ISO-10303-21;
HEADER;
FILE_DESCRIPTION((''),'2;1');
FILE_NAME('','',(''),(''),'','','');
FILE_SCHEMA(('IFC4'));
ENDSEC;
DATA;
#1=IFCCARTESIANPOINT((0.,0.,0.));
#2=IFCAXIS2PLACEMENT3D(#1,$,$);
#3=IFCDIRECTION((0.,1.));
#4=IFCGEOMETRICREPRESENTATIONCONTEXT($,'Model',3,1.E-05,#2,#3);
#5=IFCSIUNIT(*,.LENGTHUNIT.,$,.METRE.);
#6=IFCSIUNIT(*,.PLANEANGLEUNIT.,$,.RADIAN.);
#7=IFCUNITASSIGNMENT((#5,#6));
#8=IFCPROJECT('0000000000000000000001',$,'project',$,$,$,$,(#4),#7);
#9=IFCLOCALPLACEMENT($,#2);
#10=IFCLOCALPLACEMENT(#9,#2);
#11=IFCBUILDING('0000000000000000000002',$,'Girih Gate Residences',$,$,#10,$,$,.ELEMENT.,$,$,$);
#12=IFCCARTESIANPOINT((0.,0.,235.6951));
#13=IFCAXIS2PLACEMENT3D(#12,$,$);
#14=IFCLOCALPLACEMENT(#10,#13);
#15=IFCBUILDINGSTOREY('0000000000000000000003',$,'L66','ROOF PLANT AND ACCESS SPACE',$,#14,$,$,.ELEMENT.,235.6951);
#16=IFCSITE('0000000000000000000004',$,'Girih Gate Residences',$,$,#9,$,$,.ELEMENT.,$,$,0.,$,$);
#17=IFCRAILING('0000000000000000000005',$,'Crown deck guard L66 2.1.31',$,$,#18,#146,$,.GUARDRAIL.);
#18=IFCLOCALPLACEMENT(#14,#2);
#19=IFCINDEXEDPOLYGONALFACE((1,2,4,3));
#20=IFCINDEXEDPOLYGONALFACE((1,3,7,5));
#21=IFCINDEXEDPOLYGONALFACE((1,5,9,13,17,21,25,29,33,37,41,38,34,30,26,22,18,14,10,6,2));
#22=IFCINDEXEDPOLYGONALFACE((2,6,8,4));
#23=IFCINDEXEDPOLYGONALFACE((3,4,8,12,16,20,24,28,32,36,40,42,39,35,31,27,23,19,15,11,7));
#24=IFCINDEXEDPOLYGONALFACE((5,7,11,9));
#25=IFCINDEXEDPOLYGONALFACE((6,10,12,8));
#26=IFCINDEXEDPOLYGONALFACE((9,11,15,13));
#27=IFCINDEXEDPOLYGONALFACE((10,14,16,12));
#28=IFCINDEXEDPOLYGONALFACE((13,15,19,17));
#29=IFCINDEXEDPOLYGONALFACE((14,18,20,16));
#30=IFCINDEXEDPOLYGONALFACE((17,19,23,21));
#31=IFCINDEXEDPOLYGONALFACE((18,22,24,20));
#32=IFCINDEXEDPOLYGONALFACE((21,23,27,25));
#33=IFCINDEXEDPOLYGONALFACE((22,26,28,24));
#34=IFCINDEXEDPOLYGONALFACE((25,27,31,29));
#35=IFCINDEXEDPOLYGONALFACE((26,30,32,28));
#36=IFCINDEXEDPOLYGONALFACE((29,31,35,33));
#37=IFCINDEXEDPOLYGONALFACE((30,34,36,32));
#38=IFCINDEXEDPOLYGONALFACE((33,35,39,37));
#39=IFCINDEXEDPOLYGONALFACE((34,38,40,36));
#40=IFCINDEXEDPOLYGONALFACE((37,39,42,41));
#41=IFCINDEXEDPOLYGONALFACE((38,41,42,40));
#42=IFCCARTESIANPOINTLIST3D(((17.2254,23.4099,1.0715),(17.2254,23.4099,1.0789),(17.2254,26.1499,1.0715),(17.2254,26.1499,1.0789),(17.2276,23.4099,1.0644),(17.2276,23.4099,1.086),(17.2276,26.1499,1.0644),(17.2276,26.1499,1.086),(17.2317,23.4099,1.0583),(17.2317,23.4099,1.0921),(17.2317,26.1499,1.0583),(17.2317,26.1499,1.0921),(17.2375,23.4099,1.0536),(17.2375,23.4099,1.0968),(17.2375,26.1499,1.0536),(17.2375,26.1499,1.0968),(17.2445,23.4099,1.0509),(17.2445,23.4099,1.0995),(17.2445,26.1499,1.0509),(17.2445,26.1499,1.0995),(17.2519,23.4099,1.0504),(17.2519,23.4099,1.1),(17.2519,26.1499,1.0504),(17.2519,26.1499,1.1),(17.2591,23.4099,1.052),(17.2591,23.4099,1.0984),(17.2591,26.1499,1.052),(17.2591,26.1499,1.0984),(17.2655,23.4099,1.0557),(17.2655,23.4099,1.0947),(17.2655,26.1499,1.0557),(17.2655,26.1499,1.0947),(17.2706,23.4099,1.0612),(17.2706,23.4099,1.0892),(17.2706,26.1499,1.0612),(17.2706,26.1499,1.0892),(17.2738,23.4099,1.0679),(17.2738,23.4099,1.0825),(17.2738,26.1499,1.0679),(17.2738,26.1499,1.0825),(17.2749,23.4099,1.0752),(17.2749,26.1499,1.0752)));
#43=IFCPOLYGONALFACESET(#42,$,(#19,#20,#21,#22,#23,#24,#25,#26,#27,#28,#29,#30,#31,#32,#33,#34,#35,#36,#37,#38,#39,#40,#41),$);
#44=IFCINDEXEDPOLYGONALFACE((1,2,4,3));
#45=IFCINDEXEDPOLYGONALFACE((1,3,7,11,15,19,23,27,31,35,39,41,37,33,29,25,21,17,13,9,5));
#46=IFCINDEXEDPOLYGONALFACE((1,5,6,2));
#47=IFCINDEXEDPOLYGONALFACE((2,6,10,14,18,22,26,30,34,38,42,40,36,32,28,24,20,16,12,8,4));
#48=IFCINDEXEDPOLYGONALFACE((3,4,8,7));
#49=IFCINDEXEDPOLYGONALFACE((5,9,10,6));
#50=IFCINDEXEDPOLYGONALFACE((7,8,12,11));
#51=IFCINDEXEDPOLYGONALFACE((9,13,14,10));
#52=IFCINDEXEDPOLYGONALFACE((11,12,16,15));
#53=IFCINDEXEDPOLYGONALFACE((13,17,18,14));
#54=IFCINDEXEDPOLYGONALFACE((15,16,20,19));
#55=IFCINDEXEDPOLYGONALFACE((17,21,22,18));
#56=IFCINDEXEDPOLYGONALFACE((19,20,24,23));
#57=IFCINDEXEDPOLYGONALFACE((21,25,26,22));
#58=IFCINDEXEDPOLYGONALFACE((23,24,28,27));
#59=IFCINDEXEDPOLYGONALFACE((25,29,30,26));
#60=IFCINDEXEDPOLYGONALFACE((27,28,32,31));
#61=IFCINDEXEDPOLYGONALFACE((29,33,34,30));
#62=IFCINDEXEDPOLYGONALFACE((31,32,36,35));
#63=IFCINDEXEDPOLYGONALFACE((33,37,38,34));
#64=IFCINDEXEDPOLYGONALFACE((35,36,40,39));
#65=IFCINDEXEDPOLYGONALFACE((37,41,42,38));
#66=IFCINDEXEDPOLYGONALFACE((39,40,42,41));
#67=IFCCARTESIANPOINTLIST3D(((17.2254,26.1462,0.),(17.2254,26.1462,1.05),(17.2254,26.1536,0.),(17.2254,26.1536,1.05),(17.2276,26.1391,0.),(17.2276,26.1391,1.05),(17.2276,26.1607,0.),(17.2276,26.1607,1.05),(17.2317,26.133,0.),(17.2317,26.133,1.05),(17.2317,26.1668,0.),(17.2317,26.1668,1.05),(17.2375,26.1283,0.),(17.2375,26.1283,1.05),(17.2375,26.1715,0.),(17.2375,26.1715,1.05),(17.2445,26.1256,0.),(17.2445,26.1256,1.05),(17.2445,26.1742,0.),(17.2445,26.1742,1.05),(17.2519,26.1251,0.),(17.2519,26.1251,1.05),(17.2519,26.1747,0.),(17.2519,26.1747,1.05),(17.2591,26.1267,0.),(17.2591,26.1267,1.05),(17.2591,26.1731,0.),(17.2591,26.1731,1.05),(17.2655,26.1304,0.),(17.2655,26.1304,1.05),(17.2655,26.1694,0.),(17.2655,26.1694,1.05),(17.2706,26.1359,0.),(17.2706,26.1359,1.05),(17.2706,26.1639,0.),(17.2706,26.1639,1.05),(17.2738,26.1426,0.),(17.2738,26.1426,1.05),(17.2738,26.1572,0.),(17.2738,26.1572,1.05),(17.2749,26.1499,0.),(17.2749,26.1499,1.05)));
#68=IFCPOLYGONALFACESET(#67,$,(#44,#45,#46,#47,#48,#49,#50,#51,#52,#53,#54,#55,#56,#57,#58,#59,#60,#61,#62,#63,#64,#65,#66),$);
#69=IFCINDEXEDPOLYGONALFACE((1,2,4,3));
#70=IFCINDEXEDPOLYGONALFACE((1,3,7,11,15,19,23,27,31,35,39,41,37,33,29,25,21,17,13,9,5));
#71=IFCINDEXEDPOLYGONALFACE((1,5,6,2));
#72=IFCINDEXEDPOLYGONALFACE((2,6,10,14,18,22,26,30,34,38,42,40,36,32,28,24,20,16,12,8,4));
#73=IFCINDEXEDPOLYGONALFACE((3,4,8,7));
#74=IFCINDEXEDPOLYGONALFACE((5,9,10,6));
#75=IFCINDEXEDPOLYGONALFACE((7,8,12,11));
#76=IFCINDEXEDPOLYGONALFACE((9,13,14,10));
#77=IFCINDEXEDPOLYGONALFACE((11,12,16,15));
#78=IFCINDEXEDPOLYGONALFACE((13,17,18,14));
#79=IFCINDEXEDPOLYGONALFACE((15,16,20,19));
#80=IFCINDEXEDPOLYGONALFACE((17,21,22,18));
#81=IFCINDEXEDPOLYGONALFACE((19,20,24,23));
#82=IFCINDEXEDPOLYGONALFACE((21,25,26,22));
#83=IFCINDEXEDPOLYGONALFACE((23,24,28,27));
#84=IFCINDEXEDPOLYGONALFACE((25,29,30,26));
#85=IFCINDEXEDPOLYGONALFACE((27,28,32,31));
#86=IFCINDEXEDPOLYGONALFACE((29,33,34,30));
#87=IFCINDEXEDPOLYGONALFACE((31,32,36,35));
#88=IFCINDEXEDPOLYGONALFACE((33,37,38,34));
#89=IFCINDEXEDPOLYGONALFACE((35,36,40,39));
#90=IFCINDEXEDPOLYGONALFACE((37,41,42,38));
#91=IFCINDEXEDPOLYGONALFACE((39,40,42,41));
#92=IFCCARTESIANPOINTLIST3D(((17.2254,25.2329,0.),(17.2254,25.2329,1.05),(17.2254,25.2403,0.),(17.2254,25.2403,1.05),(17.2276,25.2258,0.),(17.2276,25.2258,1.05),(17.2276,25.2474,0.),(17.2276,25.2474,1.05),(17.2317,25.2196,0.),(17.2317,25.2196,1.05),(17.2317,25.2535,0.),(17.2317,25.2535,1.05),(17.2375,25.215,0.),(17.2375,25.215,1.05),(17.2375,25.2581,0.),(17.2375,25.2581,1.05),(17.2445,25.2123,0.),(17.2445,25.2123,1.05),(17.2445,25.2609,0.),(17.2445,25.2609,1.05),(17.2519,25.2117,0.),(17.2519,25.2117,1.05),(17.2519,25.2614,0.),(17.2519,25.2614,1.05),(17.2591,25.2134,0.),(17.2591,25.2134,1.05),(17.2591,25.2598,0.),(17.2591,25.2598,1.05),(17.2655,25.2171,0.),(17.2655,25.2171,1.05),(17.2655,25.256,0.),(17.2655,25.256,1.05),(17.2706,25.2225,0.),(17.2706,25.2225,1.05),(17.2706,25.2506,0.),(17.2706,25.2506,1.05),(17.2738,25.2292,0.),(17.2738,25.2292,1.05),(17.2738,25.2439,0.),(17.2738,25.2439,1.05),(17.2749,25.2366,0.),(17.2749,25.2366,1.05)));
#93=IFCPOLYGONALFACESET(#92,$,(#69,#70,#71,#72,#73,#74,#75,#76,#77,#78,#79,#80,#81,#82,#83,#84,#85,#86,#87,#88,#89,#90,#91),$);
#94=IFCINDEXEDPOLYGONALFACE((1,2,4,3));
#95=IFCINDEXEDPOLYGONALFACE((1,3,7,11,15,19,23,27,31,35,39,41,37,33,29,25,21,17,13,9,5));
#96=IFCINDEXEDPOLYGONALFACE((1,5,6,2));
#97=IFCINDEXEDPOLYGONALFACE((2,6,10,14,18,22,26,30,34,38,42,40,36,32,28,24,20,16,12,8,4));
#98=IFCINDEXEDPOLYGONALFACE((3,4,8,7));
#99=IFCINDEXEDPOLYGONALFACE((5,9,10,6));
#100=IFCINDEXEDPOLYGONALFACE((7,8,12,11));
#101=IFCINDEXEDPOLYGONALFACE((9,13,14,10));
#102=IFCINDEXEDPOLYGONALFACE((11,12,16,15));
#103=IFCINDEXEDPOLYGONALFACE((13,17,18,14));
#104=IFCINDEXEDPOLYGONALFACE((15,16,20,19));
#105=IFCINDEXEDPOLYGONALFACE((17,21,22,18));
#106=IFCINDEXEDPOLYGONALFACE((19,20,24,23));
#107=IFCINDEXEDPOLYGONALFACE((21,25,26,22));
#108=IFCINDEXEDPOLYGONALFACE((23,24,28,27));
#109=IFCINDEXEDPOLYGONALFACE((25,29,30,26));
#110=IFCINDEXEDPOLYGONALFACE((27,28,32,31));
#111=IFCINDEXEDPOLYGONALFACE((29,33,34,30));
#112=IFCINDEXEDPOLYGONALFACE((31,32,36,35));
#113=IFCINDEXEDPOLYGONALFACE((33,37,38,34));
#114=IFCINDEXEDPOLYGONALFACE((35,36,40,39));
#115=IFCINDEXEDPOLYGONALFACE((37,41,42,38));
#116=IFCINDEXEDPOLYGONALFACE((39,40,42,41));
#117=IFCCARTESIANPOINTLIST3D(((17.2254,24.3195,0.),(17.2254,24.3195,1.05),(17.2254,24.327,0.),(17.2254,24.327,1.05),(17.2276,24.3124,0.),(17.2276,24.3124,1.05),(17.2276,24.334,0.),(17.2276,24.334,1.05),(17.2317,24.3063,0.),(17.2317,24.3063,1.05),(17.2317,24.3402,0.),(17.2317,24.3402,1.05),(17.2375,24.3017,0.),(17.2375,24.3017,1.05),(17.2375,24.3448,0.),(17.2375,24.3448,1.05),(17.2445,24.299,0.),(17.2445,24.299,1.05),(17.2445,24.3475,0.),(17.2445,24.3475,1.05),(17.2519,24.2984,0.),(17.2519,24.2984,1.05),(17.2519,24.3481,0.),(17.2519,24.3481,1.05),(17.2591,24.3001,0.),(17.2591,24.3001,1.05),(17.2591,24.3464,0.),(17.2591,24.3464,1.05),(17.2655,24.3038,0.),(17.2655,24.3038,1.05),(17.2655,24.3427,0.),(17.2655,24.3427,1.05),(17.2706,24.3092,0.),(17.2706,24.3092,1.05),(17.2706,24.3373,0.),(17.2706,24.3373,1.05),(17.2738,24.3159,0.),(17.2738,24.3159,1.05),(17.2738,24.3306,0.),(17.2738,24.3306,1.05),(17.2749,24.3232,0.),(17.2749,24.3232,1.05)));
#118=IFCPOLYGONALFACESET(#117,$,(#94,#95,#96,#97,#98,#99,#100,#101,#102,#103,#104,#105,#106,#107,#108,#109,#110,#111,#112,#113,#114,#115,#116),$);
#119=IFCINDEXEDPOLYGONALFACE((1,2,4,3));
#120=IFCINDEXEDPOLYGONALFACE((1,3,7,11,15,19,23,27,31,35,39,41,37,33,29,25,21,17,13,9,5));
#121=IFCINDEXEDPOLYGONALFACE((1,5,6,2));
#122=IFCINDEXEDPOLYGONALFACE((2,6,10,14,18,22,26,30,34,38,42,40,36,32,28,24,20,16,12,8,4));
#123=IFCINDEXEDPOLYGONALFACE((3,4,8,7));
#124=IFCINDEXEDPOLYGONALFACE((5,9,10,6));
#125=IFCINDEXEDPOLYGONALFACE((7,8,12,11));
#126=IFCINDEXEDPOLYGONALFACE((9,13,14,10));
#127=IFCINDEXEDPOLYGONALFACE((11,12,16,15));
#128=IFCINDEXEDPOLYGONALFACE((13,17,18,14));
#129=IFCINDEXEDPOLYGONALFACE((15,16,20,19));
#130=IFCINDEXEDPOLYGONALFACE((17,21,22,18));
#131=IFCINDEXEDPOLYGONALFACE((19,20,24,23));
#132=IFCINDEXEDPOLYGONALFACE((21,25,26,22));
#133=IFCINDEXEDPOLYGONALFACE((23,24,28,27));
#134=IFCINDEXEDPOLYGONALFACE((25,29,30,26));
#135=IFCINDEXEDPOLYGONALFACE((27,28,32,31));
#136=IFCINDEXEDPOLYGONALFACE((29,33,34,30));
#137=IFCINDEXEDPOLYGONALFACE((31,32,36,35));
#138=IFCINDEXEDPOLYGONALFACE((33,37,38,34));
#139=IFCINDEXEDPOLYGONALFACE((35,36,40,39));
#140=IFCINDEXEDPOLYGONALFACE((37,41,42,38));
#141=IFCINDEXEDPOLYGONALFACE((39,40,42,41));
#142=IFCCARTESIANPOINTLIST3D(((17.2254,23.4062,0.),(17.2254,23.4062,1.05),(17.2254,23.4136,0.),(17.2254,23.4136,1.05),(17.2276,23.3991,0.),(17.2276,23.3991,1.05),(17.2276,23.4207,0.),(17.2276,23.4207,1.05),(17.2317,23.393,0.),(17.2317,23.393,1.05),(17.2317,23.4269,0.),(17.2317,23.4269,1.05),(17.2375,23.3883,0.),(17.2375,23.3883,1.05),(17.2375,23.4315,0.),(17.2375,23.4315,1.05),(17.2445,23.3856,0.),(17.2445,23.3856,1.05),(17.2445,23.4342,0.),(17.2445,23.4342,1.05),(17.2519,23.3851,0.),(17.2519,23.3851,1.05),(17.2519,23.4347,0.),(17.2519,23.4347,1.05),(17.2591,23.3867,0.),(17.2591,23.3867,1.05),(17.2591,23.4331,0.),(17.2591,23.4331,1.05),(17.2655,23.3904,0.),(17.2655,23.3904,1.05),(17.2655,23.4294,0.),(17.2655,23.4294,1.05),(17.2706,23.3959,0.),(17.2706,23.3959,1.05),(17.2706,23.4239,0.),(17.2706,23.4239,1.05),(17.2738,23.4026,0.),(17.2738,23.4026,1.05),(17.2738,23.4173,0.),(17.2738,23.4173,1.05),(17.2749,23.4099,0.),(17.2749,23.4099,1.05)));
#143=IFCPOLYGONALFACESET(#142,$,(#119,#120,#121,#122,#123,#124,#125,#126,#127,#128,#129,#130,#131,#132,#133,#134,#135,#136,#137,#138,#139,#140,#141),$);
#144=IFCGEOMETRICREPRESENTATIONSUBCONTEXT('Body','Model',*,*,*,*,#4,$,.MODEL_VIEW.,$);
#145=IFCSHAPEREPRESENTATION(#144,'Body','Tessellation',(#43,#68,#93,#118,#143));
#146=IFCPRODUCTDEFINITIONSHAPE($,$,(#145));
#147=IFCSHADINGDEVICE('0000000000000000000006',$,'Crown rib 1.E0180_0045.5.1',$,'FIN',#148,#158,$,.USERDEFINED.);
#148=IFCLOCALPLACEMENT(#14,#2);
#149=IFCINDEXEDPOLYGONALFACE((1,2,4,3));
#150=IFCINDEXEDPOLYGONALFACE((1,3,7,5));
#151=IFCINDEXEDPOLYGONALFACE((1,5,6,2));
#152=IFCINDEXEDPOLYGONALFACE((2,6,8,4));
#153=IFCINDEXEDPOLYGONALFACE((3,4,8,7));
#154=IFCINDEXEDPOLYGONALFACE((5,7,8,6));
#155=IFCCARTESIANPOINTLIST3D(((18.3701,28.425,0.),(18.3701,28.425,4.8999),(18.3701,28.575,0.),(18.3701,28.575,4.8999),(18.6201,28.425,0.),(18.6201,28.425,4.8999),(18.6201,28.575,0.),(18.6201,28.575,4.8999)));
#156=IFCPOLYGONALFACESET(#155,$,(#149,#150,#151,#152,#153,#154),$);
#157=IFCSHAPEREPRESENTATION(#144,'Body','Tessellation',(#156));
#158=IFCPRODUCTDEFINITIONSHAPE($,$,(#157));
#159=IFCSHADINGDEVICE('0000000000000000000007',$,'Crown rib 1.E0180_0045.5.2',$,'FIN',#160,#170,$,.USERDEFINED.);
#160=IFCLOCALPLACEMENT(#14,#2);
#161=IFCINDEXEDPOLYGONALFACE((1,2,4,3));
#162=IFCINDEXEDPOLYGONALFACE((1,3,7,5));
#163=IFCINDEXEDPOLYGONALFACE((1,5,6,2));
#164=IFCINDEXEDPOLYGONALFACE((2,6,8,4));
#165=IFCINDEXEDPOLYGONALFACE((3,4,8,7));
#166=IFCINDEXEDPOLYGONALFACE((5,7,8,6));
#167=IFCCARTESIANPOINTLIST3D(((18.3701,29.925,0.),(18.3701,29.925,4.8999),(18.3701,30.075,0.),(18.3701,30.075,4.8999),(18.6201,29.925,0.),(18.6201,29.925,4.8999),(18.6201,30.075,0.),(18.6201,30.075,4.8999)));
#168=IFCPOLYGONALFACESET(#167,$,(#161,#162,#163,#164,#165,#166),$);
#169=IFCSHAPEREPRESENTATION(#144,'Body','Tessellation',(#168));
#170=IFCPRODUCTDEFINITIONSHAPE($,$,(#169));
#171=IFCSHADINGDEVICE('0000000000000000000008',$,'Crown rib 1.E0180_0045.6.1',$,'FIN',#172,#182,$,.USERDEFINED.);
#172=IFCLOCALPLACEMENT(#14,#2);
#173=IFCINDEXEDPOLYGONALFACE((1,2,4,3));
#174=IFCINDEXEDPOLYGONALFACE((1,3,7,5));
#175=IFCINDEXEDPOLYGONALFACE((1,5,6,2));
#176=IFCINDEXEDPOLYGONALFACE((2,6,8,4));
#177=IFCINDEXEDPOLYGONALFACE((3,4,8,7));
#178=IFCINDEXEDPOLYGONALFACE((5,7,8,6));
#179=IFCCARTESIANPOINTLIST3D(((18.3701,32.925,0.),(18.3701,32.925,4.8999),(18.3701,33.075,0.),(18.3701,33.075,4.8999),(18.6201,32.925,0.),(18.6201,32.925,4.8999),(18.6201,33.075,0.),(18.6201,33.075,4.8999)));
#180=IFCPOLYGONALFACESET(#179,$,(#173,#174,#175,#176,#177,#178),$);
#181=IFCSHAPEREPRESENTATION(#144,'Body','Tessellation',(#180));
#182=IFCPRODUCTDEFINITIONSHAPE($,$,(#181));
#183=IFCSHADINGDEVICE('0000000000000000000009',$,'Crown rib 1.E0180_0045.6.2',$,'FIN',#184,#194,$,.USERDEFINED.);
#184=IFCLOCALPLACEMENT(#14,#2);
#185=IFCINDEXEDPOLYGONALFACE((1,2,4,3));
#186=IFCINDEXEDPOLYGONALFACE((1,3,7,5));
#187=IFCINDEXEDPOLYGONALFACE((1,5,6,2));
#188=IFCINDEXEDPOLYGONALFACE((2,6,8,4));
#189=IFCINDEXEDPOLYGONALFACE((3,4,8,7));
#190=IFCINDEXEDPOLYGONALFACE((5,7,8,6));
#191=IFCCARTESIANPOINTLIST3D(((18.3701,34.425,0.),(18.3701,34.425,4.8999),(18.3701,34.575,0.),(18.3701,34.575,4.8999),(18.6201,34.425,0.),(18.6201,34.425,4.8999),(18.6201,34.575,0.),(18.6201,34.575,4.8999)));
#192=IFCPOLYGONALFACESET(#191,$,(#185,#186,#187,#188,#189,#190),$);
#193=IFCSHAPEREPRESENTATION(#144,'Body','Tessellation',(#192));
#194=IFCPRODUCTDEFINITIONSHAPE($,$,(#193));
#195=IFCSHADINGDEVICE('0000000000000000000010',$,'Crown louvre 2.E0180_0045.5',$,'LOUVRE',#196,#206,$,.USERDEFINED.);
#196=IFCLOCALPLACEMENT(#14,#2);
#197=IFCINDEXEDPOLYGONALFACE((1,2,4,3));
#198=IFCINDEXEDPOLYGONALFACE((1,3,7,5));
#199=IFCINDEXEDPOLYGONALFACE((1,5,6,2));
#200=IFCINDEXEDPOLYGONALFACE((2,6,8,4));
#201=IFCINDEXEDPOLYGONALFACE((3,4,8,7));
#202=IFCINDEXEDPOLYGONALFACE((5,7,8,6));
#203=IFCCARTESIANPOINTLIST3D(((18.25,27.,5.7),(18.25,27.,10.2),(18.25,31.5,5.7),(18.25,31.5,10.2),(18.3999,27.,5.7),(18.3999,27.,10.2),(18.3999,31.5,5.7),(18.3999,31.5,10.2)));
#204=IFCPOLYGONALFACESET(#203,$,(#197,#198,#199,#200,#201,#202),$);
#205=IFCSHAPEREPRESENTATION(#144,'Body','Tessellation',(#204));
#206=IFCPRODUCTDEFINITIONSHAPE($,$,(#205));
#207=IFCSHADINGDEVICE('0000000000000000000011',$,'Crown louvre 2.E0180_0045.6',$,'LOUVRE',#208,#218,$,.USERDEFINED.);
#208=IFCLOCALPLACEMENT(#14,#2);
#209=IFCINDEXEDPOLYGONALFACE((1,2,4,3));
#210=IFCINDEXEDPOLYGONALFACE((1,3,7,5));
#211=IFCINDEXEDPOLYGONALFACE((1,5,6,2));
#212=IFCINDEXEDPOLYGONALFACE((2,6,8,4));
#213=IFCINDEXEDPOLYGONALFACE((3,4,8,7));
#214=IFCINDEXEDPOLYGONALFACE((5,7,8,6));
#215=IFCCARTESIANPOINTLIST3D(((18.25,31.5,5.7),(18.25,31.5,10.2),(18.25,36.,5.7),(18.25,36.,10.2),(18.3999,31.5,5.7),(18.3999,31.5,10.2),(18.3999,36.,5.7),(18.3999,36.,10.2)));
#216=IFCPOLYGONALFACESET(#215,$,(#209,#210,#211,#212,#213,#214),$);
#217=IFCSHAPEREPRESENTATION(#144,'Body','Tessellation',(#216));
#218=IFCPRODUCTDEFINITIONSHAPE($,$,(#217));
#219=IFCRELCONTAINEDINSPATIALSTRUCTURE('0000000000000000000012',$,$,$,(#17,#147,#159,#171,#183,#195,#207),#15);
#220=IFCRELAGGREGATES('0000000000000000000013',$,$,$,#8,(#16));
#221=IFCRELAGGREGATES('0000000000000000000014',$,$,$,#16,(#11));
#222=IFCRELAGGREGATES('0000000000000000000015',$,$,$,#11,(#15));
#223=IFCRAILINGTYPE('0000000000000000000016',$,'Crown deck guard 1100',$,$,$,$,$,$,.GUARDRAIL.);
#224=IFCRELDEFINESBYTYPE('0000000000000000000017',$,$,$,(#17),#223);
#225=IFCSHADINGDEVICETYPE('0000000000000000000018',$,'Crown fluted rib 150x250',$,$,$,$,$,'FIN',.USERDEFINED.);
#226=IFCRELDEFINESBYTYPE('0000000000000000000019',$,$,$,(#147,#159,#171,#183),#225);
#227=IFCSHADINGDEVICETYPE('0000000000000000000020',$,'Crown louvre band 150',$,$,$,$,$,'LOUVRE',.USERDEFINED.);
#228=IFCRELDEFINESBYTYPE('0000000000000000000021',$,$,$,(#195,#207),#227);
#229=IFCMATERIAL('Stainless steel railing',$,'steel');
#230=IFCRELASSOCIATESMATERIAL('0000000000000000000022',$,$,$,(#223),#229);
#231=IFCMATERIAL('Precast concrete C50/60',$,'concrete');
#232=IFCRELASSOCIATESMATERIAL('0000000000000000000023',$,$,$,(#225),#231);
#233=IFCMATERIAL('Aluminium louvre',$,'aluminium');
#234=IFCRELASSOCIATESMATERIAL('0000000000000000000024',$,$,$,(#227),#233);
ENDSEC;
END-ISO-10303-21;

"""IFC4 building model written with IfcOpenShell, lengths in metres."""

from ifc_helpers import new_model, si_unit, direction, frame, origin, origin_2d, place, context, subcontext, project, spatial, rectangle, circle, extrude, material, type_object, element, save


model = new_model("IFC4")

# Units and contexts
model_context = context("Model", 3, precision=1e-05, world=origin(), true_north=direction((0.0, 1.0)))
body_context = subcontext(model_context, "Body", "Model", "MODEL_VIEW")
ifc_project = project(units=[si_unit("LENGTHUNIT", "METRE"), si_unit("PLANEANGLEUNIT", "RADIAN")], contexts=[model_context])

# Site, building, storey
site_placement = place(None, origin())
site = spatial("IfcSite", under=ifc_project, at=site_placement, Name="Girih Gate Residences", CompositionType="ELEMENT", RefElevation=0.0)
building_placement = place(site_placement, origin())
building = spatial("IfcBuilding", under=site, at=building_placement, Name="Girih Gate Residences", CompositionType="ELEMENT")
storey_placement = place(building_placement, frame((0.0, 0.0, 235.6951)))
storey = spatial("IfcBuildingStorey", under=building, at=storey_placement, Name="L66", Description="ROOF PLANT AND ACCESS SPACE", CompositionType="ELEMENT", Elevation=235.6951)

# Railing
ifc_material_1 = material(Name="Stainless steel railing", Category="steel")
railing_type = type_object("IfcRailingType", Name="Crown deck guard 1100", PredefinedType="GUARDRAIL", material=ifc_material_1)
railing_1_placement = place(storey_placement, frame((17.25, 26.1499, 0.0)))
element("IfcRailing", 1, at=railing_1_placement, inside=storey, type_object=railing_type, Name="Crown deck guard L66 2.1.31", PredefinedType="GUARDRAIL", context=body_context, shape_type="SweptSolid", body=[
    extrude(circle(Radius=0.0249, at=origin_2d()), frame((0.0, 0.0, 1.0752), z_axis=(0.0, -1.0, 0.0), x_axis=(1.0, 0.0, 0.0)), (0.0, 0.0, 1.0), 2.74),
    extrude(circle(Radius=0.0249, at=origin_2d()), origin(), (0.0, 0.0, 1.0), 1.05),
    extrude(circle(Radius=0.0249, at=origin_2d()), frame((0.0, -0.9133, 0.0)), (0.0, 0.0, 1.0), 1.05),
    extrude(circle(Radius=0.0249, at=origin_2d()), frame((0.0, -1.8267, 0.0)), (0.0, 0.0, 1.0), 1.05),
    extrude(circle(Radius=0.0249, at=origin_2d()), frame((0.0, -2.74, 0.0)), (0.0, 0.0, 1.0), 1.05),
])

# Shading devices
ifc_material_2 = material(Name="Precast concrete C50/60", Category="concrete")
shading_device_type_1 = type_object("IfcShadingDeviceType", Name="Crown fluted rib 150x250", ElementType="FIN", PredefinedType="USERDEFINED", material=ifc_material_2)
for number, where, z_axis, x_axis, name in (
    (2, (18.4951, 28.5, 0.0), (0.0, 0.0, 1.0), (0.0, 1.0, 0.0), "Crown rib 1.E0180_0045.5.1"),
    (3, (18.4951, 30.0, 0.0), (0.0, 0.0, 1.0), (0.0, 1.0, 0.0), "Crown rib 1.E0180_0045.5.2"),
    (4, (18.4951, 33.0, 0.0), (0.0, 0.0, 1.0), (0.0, 1.0, 0.0), "Crown rib 1.E0180_0045.6.1"),
    (5, (18.4951, 34.5, 0.0), (0.0, 0.0, 1.0), (0.0, 1.0, 0.0), "Crown rib 1.E0180_0045.6.2"),
):
    element("IfcShadingDevice", number, at=place(storey_placement, frame(where, z_axis=z_axis, x_axis=x_axis)), inside=storey, type_object=shading_device_type_1, Name=name, ObjectType="FIN", PredefinedType="USERDEFINED", context=body_context, shape_type="SweptSolid", body=[
        extrude(rectangle(XDim=0.1499, YDim=0.25, at=origin_2d()), origin(), (0.0, 0.0, 1.0), 4.8999),
    ])
ifc_material_3 = material(Name="Aluminium louvre", Category="aluminium")
shading_device_type_2 = type_object("IfcShadingDeviceType", Name="Crown louvre band 150", ElementType="LOUVRE", PredefinedType="USERDEFINED", material=ifc_material_3)
for number, where, z_axis, x_axis, name in (
    (6, (18.325, 29.25, 5.7), (0.0, 0.0, 1.0), (0.0, 1.0, 0.0), "Crown louvre 2.E0180_0045.5"),
    (7, (18.325, 33.75, 5.7), (0.0, 0.0, 1.0), (0.0, 1.0, 0.0), "Crown louvre 2.E0180_0045.6"),
):
    element("IfcShadingDevice", number, at=place(storey_placement, frame(where, z_axis=z_axis, x_axis=x_axis)), inside=storey, type_object=shading_device_type_2, Name=name, ObjectType="LOUVRE", PredefinedType="USERDEFINED", context=body_context, shape_type="SweptSolid", body=[
        extrude(rectangle(XDim=4.5, YDim=0.1499, at=origin_2d()), origin(), (0.0, 0.0, 1.0), 4.5),
    ])

save(model, "model.ifc")
